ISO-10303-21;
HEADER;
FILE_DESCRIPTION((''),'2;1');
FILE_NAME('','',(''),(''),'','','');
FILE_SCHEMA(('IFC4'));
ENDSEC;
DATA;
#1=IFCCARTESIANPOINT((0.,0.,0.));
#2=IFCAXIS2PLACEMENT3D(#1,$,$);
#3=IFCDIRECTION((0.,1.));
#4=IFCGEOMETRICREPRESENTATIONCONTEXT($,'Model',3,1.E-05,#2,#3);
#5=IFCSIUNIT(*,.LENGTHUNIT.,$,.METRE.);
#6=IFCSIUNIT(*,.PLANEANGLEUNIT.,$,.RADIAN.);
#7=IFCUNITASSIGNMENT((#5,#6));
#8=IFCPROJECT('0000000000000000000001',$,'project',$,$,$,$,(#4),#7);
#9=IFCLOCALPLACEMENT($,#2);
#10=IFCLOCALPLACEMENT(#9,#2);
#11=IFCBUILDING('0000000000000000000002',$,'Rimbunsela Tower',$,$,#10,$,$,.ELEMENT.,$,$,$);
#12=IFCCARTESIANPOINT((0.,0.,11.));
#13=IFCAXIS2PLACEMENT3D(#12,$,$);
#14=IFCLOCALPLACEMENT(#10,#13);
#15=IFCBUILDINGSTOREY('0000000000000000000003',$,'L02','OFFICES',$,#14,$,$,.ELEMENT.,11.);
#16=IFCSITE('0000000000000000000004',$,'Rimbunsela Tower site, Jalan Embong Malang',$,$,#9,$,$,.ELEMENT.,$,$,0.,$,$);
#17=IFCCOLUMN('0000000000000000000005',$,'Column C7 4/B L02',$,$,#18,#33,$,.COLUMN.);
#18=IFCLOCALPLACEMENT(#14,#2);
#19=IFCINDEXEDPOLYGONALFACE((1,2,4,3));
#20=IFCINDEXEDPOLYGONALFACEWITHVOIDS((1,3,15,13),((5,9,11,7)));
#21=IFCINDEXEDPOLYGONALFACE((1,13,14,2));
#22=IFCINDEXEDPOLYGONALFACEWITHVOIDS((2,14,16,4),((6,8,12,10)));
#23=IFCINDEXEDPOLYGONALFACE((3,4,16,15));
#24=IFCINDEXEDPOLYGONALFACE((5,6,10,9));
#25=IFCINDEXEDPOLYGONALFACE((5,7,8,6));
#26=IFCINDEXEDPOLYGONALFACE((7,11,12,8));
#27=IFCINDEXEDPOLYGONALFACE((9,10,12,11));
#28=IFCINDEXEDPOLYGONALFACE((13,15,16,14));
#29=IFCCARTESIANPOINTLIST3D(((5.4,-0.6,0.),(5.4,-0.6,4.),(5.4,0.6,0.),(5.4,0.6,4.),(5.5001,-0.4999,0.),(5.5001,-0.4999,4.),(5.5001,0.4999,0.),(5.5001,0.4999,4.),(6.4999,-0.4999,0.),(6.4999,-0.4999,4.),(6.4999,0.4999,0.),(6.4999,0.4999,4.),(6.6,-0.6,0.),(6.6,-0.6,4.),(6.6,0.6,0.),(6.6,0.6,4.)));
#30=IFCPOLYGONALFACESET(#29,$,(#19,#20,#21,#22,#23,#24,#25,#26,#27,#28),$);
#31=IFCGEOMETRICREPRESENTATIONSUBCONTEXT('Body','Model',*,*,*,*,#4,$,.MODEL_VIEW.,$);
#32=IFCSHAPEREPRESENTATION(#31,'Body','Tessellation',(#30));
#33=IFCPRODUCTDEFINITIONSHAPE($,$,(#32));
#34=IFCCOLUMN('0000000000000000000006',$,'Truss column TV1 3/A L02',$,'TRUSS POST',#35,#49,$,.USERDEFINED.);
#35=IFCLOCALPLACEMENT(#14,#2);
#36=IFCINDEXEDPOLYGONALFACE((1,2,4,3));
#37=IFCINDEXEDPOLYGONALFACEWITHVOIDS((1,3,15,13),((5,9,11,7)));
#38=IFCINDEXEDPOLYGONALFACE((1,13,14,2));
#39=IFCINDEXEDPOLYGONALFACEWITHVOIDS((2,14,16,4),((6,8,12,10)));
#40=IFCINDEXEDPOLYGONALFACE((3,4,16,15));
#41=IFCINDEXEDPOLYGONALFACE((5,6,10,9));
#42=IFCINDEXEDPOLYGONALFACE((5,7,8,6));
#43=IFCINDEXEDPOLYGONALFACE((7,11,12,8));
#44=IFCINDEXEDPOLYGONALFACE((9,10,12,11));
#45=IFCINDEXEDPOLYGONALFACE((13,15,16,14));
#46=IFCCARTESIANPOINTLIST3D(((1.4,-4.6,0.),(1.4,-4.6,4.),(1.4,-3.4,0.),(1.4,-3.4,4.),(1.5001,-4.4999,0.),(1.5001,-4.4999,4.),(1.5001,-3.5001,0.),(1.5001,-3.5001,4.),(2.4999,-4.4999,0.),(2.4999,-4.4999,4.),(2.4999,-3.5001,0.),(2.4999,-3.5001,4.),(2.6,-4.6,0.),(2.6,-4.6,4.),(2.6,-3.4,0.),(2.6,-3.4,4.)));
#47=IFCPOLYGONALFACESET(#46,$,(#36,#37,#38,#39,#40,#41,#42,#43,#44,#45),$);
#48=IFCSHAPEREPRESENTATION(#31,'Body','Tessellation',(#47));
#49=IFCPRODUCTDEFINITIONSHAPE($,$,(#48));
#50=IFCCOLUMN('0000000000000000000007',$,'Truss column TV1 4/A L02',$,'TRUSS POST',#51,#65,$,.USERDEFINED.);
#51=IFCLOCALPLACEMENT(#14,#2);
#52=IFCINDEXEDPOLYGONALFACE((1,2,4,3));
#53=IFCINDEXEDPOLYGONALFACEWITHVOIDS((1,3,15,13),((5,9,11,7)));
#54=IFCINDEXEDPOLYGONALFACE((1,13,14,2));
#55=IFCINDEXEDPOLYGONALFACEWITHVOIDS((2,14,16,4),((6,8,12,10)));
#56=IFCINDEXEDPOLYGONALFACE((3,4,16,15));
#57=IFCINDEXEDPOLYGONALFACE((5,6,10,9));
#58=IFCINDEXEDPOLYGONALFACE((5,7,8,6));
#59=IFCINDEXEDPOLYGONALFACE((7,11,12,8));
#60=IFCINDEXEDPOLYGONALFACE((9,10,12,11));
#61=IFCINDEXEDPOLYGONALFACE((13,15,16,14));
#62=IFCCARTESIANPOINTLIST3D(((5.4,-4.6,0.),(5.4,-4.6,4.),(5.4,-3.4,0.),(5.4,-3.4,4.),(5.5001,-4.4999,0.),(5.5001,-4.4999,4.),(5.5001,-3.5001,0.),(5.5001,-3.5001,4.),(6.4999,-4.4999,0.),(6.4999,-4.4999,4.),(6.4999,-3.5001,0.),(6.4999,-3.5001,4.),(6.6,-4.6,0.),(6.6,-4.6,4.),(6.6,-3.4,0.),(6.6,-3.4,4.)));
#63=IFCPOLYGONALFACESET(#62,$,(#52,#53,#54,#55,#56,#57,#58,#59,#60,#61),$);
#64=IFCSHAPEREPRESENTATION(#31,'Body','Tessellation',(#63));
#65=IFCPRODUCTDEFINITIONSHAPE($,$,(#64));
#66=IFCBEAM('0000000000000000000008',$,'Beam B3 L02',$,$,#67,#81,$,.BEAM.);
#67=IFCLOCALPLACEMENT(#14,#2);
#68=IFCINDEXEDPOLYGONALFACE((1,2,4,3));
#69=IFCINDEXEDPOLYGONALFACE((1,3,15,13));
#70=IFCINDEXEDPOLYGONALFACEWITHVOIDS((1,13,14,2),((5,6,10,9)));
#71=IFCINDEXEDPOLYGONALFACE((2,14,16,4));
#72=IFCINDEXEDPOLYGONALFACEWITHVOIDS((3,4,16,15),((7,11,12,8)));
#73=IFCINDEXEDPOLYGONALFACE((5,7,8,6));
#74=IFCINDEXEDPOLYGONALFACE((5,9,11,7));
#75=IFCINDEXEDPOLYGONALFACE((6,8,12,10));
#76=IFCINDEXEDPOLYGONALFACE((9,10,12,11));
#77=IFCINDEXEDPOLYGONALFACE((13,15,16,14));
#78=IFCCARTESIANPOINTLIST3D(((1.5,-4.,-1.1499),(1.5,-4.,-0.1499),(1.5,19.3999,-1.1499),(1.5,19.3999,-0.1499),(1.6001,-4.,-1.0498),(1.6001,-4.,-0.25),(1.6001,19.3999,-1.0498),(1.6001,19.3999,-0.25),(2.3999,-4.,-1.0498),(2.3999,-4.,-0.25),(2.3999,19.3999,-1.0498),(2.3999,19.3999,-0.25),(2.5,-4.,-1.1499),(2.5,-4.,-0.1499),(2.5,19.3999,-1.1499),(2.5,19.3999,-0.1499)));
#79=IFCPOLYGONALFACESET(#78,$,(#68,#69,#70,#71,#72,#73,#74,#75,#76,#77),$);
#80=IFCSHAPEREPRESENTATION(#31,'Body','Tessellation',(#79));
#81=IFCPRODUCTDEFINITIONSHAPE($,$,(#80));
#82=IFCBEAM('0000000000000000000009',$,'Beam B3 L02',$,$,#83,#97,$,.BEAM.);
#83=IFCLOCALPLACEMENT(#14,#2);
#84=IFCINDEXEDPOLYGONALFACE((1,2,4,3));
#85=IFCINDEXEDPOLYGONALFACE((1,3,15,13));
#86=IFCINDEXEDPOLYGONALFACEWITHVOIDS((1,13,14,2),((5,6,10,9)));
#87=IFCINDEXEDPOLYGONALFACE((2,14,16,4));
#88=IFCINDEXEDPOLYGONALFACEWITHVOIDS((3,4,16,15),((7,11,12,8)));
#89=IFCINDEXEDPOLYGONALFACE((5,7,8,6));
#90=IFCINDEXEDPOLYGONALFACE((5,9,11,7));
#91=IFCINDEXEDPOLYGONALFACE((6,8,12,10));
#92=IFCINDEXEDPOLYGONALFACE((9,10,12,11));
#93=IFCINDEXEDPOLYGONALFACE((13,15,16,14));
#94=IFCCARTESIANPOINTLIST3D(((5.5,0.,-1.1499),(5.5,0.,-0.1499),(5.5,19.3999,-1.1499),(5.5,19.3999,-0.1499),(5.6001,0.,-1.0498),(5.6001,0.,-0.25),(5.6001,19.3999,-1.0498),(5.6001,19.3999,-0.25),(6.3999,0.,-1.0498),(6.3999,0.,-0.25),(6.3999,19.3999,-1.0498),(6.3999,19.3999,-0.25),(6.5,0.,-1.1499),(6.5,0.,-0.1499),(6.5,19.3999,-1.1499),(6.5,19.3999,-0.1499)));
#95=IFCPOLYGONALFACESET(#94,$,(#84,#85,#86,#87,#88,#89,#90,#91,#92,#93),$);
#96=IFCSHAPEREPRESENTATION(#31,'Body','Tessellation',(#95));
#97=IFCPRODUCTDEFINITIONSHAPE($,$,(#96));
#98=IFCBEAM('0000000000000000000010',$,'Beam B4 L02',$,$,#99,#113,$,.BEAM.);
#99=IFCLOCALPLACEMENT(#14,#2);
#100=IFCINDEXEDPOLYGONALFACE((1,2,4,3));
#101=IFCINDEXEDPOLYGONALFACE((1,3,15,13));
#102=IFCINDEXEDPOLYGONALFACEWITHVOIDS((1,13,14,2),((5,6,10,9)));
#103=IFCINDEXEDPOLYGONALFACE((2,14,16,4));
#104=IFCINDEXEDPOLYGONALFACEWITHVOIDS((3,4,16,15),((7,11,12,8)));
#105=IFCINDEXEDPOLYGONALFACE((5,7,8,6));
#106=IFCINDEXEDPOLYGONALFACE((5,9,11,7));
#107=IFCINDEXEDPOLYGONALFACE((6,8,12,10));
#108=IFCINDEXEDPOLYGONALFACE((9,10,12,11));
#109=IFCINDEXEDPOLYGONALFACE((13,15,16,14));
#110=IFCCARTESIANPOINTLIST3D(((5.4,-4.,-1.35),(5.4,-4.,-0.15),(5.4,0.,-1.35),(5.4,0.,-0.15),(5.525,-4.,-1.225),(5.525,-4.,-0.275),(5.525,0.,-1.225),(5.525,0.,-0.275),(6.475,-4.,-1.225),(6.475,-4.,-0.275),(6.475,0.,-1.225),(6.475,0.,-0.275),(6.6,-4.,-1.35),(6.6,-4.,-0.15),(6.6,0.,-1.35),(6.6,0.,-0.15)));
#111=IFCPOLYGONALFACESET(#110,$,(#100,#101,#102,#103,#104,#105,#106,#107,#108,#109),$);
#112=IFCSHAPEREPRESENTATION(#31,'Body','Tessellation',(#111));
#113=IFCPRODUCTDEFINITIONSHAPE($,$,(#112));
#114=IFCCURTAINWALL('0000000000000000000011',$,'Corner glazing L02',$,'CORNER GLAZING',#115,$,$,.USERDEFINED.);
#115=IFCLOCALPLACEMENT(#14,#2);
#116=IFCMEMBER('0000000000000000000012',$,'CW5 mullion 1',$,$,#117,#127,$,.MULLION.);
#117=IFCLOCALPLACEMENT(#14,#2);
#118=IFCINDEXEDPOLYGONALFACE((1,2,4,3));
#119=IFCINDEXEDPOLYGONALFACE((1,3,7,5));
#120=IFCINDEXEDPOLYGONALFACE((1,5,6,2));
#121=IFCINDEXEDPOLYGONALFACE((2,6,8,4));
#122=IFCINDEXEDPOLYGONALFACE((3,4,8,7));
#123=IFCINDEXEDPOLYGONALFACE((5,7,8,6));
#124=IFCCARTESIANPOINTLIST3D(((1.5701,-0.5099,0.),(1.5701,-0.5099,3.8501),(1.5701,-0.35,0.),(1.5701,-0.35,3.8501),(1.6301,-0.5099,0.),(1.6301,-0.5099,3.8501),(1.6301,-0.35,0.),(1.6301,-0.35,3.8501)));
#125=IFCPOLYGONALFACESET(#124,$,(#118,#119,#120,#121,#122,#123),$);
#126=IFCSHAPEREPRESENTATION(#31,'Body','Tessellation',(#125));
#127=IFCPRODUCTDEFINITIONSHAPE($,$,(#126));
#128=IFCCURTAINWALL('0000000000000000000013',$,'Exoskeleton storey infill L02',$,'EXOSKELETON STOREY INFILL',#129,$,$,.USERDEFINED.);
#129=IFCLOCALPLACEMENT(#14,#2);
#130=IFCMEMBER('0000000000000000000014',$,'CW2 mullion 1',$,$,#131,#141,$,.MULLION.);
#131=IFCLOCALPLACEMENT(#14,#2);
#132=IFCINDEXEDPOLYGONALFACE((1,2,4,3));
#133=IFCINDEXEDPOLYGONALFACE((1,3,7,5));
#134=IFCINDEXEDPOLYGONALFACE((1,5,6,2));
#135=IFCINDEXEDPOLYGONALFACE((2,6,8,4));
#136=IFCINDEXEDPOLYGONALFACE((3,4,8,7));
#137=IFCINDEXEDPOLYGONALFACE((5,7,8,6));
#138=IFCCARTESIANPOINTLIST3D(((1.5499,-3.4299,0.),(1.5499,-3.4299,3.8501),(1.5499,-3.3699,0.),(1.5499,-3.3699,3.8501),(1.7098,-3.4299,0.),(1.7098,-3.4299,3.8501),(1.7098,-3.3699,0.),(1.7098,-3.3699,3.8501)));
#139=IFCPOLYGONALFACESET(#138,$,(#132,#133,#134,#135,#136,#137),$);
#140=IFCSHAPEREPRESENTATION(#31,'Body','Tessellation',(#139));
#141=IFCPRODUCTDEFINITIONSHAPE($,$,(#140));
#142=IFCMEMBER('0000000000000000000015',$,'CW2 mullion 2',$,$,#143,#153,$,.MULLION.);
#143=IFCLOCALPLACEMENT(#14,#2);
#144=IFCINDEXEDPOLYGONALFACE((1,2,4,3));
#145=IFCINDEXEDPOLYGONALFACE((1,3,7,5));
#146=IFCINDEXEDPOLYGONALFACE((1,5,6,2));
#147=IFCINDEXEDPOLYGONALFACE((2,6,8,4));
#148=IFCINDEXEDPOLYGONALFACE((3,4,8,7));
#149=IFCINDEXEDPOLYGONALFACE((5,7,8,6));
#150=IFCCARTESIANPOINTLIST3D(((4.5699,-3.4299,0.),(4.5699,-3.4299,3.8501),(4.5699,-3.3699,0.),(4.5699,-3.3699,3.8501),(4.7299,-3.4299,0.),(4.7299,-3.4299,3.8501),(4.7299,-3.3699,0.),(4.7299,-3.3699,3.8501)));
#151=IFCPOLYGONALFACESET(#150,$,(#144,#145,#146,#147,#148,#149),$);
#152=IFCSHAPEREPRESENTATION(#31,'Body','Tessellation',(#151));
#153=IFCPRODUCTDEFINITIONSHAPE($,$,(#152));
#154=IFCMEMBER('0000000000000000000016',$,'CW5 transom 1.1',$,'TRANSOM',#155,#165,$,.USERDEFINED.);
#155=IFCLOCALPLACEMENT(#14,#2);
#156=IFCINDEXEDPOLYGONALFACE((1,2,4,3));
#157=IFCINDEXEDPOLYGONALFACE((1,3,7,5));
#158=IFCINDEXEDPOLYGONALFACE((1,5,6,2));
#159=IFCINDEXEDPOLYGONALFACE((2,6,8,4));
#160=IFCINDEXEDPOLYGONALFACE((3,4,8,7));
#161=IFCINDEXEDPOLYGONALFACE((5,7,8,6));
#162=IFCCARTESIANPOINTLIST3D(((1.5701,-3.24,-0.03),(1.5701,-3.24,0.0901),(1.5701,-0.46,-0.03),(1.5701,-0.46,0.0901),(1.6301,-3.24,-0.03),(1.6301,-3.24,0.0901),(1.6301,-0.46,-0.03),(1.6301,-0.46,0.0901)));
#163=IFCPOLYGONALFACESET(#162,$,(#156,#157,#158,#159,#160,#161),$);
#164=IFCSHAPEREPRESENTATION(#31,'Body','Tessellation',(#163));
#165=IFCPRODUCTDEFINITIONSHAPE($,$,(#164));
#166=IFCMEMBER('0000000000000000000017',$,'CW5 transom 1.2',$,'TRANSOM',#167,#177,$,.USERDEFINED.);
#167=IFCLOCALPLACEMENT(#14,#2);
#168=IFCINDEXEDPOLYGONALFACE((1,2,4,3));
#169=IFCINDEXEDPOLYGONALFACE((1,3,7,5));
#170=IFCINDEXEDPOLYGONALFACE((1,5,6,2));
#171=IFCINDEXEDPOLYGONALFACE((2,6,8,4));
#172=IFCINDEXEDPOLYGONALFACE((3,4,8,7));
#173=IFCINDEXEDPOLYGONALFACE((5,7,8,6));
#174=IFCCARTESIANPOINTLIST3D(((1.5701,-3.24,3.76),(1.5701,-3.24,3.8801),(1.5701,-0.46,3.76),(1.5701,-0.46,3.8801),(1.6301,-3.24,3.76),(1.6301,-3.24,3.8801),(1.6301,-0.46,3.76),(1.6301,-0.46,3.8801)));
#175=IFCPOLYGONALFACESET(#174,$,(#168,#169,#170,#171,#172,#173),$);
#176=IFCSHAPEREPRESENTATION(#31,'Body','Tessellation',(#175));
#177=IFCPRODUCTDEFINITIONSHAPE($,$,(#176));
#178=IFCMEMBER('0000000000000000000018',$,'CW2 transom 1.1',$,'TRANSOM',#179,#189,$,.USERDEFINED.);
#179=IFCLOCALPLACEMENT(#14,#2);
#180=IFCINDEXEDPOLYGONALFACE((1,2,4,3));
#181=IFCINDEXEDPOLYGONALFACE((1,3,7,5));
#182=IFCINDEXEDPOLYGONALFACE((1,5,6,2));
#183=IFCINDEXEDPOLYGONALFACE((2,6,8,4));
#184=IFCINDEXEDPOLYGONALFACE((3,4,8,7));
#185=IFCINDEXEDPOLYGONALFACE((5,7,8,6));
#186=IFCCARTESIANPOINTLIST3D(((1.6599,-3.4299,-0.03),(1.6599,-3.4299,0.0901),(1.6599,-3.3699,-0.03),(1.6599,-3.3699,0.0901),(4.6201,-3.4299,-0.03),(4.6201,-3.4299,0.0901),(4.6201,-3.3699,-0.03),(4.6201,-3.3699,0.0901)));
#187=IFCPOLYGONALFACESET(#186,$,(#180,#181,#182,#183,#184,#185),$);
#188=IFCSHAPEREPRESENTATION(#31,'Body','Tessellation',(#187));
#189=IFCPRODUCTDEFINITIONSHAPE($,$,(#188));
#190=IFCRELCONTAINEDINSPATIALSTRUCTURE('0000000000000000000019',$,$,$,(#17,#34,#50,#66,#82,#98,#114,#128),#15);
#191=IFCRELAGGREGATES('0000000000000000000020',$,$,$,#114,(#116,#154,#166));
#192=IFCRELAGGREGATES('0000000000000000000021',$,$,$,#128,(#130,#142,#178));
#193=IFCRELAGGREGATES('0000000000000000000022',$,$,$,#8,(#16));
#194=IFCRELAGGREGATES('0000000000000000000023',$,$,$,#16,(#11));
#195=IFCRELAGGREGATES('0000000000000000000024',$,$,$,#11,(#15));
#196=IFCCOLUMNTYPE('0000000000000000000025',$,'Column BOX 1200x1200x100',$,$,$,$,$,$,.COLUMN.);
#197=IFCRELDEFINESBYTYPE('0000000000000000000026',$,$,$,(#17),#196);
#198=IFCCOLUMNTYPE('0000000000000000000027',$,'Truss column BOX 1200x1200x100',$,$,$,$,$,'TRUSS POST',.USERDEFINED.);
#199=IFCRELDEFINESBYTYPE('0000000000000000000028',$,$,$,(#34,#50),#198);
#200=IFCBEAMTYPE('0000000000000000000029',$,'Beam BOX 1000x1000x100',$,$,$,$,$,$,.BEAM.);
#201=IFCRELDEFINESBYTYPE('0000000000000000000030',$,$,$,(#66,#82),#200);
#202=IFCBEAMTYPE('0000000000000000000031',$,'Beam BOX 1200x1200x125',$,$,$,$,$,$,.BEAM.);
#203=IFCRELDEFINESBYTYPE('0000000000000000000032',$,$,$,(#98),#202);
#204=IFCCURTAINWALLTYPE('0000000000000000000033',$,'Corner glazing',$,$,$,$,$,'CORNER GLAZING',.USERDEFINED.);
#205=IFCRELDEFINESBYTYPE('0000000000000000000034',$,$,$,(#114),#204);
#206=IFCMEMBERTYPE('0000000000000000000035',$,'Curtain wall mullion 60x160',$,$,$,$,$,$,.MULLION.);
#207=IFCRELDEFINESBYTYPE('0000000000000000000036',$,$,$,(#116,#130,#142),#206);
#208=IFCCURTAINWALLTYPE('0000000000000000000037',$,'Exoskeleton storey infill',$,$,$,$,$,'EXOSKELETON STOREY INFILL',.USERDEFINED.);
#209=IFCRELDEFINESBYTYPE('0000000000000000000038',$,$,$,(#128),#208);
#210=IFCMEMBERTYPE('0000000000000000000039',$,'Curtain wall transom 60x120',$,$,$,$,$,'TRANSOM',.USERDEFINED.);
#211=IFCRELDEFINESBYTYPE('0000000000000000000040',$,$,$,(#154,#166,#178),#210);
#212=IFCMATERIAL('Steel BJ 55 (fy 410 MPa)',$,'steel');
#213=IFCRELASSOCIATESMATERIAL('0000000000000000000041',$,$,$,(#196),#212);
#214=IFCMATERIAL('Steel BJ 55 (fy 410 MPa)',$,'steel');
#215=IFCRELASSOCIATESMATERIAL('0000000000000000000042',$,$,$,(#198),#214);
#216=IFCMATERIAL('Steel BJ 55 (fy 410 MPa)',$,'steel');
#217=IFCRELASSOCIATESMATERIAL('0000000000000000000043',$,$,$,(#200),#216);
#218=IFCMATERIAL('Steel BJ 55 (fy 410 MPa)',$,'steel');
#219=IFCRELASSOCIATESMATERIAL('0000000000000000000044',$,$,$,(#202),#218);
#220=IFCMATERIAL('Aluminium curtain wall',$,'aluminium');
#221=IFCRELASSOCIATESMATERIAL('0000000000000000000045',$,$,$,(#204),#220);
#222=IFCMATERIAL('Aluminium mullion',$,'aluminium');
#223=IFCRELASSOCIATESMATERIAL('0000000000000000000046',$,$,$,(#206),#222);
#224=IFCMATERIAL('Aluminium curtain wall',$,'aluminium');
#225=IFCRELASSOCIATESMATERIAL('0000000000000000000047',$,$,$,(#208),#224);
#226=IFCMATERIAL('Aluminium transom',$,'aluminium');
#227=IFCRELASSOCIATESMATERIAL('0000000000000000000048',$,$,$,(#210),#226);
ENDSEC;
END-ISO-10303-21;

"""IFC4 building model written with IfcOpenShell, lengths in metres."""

from ifc_helpers import new_model, si_unit, direction, frame, origin, origin_2d, place, context, subcontext, project, spatial, rectangle, hollow_rectangle, extrude, material, material_profile, profile_set, type_object, element, aggregate, save


model = new_model("IFC4")

# Units and contexts
model_context = context("Model", 3, precision=1e-05, world=origin(), true_north=direction((0.0, 1.0)))
body_context = subcontext(model_context, "Body", "Model", "MODEL_VIEW")
ifc_project = project(units=[si_unit("LENGTHUNIT", "METRE"), si_unit("PLANEANGLEUNIT", "RADIAN")], contexts=[model_context])

# Site, building, storey
site_placement = place(None, origin())
site = spatial("IfcSite", under=ifc_project, at=site_placement, Name="Rimbunsela Tower site, Jalan Embong Malang", CompositionType="ELEMENT", RefElevation=0.0)
building_placement = place(site_placement, origin())
building = spatial("IfcBuilding", under=site, at=building_placement, Name="Rimbunsela Tower", CompositionType="ELEMENT")
storey_placement = place(building_placement, frame((0.0, 0.0, 11.0)))
storey = spatial("IfcBuildingStorey", under=building, at=storey_placement, Name="L02", Description="OFFICES", CompositionType="ELEMENT", Elevation=11.0)

# Columns
ifc_material_1 = material(Name="Steel BJ 55 (fy 410 MPa)", Category="steel")
ifc_material_profile_1 = material_profile(ifc_material_1, hollow_rectangle(XDim=1.2, YDim=1.2, WallThickness=0.1001, at=origin_2d()), Name="BOX 1200x1200x100")
ifc_profile_set_1 = profile_set([ifc_material_profile_1], Name="Steel BJ 55 (fy 410 MPa)")
column_type_1 = type_object("IfcColumnType", Name="Column BOX 1200x1200x100", PredefinedType="COLUMN", material=ifc_profile_set_1)
column_placement = place(storey_placement, frame((6.0, 0.0, 0.0), z_axis=(0.0, 0.0, 1.0), x_axis=(1.0, 0.0, 0.0)))
element("IfcColumn", 1, at=column_placement, inside=storey, type_object=column_type_1, Name="Column C7 4/B L02", PredefinedType="COLUMN", context=body_context, shape_type="SweptSolid", body=[
    extrude(hollow_rectangle(XDim=1.2, YDim=1.2, WallThickness=0.1001, at=origin_2d()), origin(), (0.0, 0.0, 1.0), 4.0),
])
ifc_material_2 = material(Name="Steel BJ 55 (fy 410 MPa)", Category="steel")
ifc_material_profile_2 = material_profile(ifc_material_2, hollow_rectangle(XDim=1.2, YDim=1.2, WallThickness=0.1001, at=origin_2d()), Name="BOX 1200x1200x100")
ifc_profile_set_2 = profile_set([ifc_material_profile_2], Name="Steel BJ 55 (fy 410 MPa)")
column_type_2 = type_object("IfcColumnType", Name="Truss column BOX 1200x1200x100", ElementType="TRUSS POST", PredefinedType="USERDEFINED", material=ifc_profile_set_2)
for number, where, z_axis, x_axis, name in (
    (2, (2.0, -4.0, 0.0), (0.0, 0.0, 1.0), (1.0, 0.0, 0.0), "Truss column TV1 3/A L02"),
    (3, (6.0, -4.0, 0.0), (0.0, 0.0, 1.0), (1.0, 0.0, 0.0), "Truss column TV1 4/A L02"),
):
    element("IfcColumn", number, at=place(storey_placement, frame(where, z_axis=z_axis, x_axis=x_axis)), inside=storey, type_object=column_type_2, Name=name, ObjectType="TRUSS POST", PredefinedType="USERDEFINED", context=body_context, shape_type="SweptSolid", body=[
        extrude(hollow_rectangle(XDim=1.2, YDim=1.2, WallThickness=0.1001, at=origin_2d()), origin(), (0.0, 0.0, 1.0), 4.0),
    ])

# Beams
ifc_material_3 = material(Name="Steel BJ 55 (fy 410 MPa)", Category="steel")
ifc_material_profile_3 = material_profile(ifc_material_3, hollow_rectangle(XDim=1.0, YDim=1.0, WallThickness=0.1001, at=origin_2d()), Name="BOX 1000x1000x100")
ifc_profile_set_3 = profile_set([ifc_material_profile_3], Name="Steel BJ 55 (fy 410 MPa)")
beam_type_1 = type_object("IfcBeamType", Name="Beam BOX 1000x1000x100", PredefinedType="BEAM", material=ifc_profile_set_3)
beam_1_placement = place(storey_placement, frame((2.0, -4.0, -0.6499), z_axis=(0.0, 1.0, 0.0), x_axis=(-1.0, 0.0, 0.0)))
element("IfcBeam", 4, at=beam_1_placement, inside=storey, type_object=beam_type_1, Name="Beam B3 L02", PredefinedType="BEAM", context=body_context, shape_type="SweptSolid", body=[
    extrude(hollow_rectangle(XDim=1.0, YDim=1.0, WallThickness=0.1001, at=origin_2d()), origin(), (0.0, 0.0, 1.0), 23.3999),
])
beam_2_placement = place(storey_placement, frame((6.0, 0.0, -0.6499), z_axis=(0.0, 1.0, 0.0), x_axis=(-1.0, 0.0, 0.0)))
element("IfcBeam", 5, at=beam_2_placement, inside=storey, type_object=beam_type_1, Name="Beam B3 L02", PredefinedType="BEAM", context=body_context, shape_type="SweptSolid", body=[
    extrude(hollow_rectangle(XDim=1.0, YDim=1.0, WallThickness=0.1001, at=origin_2d()), origin(), (0.0, 0.0, 1.0), 19.3999),
])
ifc_material_4 = material(Name="Steel BJ 55 (fy 410 MPa)", Category="steel")
ifc_material_profile_4 = material_profile(ifc_material_4, hollow_rectangle(XDim=1.2, YDim=1.2, WallThickness=0.125, at=origin_2d()), Name="BOX 1200x1200x125")
ifc_profile_set_4 = profile_set([ifc_material_profile_4], Name="Steel BJ 55 (fy 410 MPa)")
beam_type_2 = type_object("IfcBeamType", Name="Beam BOX 1200x1200x125", PredefinedType="BEAM", material=ifc_profile_set_4)
beam_3_placement = place(storey_placement, frame((6.0, -4.0, -0.75), z_axis=(0.0, 1.0, 0.0), x_axis=(-1.0, 0.0, 0.0)))
element("IfcBeam", 6, at=beam_3_placement, inside=storey, type_object=beam_type_2, Name="Beam B4 L02", PredefinedType="BEAM", context=body_context, shape_type="SweptSolid", body=[
    extrude(hollow_rectangle(XDim=1.2, YDim=1.2, WallThickness=0.125, at=origin_2d()), origin(), (0.0, 0.0, 1.0), 4.0),
])

# Curtain wall, member
ifc_material_5 = material(Name="Aluminium curtain wall", Category="aluminium")
curtain_wall_type_1 = type_object("IfcCurtainWallType", Name="Corner glazing", ElementType="CORNER GLAZING", PredefinedType="USERDEFINED", material=ifc_material_5)
curtain_wall_1_placement = place(storey_placement, origin())
curtain_wall_1 = element("IfcCurtainWall", 7, at=curtain_wall_1_placement, inside=storey, type_object=curtain_wall_type_1, Name="Corner glazing L02", ObjectType="CORNER GLAZING", PredefinedType="USERDEFINED")
ifc_material_6 = material(Name="Aluminium mullion", Category="aluminium")
ifc_material_profile_5 = material_profile(ifc_material_6, rectangle(XDim=0.0601, YDim=0.1599, at=origin_2d()), Name="Mullion 60x160")
ifc_profile_set_5 = profile_set([ifc_material_profile_5], Name="Aluminium mullion")
member_type_1 = type_object("IfcMemberType", Name="Curtain wall mullion 60x160", PredefinedType="MULLION", material=ifc_profile_set_5)
member_1_placement = place(storey_placement, frame((1.6001, -0.4299, 0.0), z_axis=(0.0, 0.0, 1.0), x_axis=(1.0, 0.0, 0.0)))
member_1 = element("IfcMember", 8, at=member_1_placement, type_object=member_type_1, Name="CW5 mullion 1", PredefinedType="MULLION", context=body_context, shape_type="SweptSolid", body=[
    extrude(rectangle(XDim=0.0601, YDim=0.1599, at=origin_2d()), origin(), (0.0, 0.0, 1.0), 3.8501),
])

# Curtain wall, members
ifc_material_7 = material(Name="Aluminium curtain wall", Category="aluminium")
curtain_wall_type_2 = type_object("IfcCurtainWallType", Name="Exoskeleton storey infill", ElementType="EXOSKELETON STOREY INFILL", PredefinedType="USERDEFINED", material=ifc_material_7)
curtain_wall_2_placement = place(storey_placement, origin())
curtain_wall_2 = element("IfcCurtainWall", 9, at=curtain_wall_2_placement, inside=storey, type_object=curtain_wall_type_2, Name="Exoskeleton storey infill L02", ObjectType="EXOSKELETON STOREY INFILL", PredefinedType="USERDEFINED")
member_2_placement = place(storey_placement, frame((1.6299, -3.3999, 0.0), z_axis=(0.0, 0.0, 1.0), x_axis=(0.0, 1.0, 0.0)))
member_2 = element("IfcMember", 10, at=member_2_placement, type_object=member_type_1, Name="CW2 mullion 1", PredefinedType="MULLION", context=body_context, shape_type="SweptSolid", body=[
    extrude(rectangle(XDim=0.0601, YDim=0.1599, at=origin_2d()), origin(), (0.0, 0.0, 1.0), 3.8501),
])
member_3_placement = place(storey_placement, frame((4.6499, -3.3999, 0.0), z_axis=(0.0, 0.0, 1.0), x_axis=(0.0, 1.0, 0.0)))
member_3 = element("IfcMember", 11, at=member_3_placement, type_object=member_type_1, Name="CW2 mullion 2", PredefinedType="MULLION", context=body_context, shape_type="SweptSolid", body=[
    extrude(rectangle(XDim=0.0601, YDim=0.1599, at=origin_2d()), origin(), (0.0, 0.0, 1.0), 3.8501),
])

# Members
ifc_material_8 = material(Name="Aluminium transom", Category="aluminium")
ifc_material_profile_6 = material_profile(ifc_material_8, rectangle(XDim=0.0601, YDim=0.1201, at=origin_2d()), Name="Transom 60x120")
ifc_profile_set_6 = profile_set([ifc_material_profile_6], Name="Aluminium transom")
member_type_2 = type_object("IfcMemberType", Name="Curtain wall transom 60x120", ElementType="TRANSOM", PredefinedType="USERDEFINED", material=ifc_profile_set_6)
member_4_placement = place(storey_placement, frame((1.6001, -0.46, 0.03), z_axis=(0.0, -1.0, 0.0), x_axis=(1.0, 0.0, 0.0)))
member_4 = element("IfcMember", 12, at=member_4_placement, type_object=member_type_2, Name="CW5 transom 1.1", ObjectType="TRANSOM", PredefinedType="USERDEFINED", context=body_context, shape_type="SweptSolid", body=[
    extrude(rectangle(XDim=0.0601, YDim=0.1201, at=origin_2d()), origin(), (0.0, 0.0, 1.0), 2.78),
])
member_5_placement = place(storey_placement, frame((1.6001, -0.46, 3.8201), z_axis=(0.0, -1.0, 0.0), x_axis=(1.0, 0.0, 0.0)))
member_5 = element("IfcMember", 13, at=member_5_placement, type_object=member_type_2, Name="CW5 transom 1.2", ObjectType="TRANSOM", PredefinedType="USERDEFINED", context=body_context, shape_type="SweptSolid", body=[
    extrude(rectangle(XDim=0.0601, YDim=0.1201, at=origin_2d()), origin(), (0.0, 0.0, 1.0), 2.78),
])
member_6_placement = place(storey_placement, frame((1.6599, -3.3999, 0.03), z_axis=(1.0, 0.0, 0.0), x_axis=(0.0, 1.0, 0.0)))
member_6 = element("IfcMember", 14, at=member_6_placement, type_object=member_type_2, Name="CW2 transom 1.1", ObjectType="TRANSOM", PredefinedType="USERDEFINED", context=body_context, shape_type="SweptSolid", body=[
    extrude(rectangle(XDim=0.0601, YDim=0.1201, at=origin_2d()), origin(), (0.0, 0.0, 1.0), 2.9602),
])

aggregate(curtain_wall_1, [member_1, member_4, member_5])
aggregate(curtain_wall_2, [member_2, member_3, member_6])

save(model, "model.ifc")
